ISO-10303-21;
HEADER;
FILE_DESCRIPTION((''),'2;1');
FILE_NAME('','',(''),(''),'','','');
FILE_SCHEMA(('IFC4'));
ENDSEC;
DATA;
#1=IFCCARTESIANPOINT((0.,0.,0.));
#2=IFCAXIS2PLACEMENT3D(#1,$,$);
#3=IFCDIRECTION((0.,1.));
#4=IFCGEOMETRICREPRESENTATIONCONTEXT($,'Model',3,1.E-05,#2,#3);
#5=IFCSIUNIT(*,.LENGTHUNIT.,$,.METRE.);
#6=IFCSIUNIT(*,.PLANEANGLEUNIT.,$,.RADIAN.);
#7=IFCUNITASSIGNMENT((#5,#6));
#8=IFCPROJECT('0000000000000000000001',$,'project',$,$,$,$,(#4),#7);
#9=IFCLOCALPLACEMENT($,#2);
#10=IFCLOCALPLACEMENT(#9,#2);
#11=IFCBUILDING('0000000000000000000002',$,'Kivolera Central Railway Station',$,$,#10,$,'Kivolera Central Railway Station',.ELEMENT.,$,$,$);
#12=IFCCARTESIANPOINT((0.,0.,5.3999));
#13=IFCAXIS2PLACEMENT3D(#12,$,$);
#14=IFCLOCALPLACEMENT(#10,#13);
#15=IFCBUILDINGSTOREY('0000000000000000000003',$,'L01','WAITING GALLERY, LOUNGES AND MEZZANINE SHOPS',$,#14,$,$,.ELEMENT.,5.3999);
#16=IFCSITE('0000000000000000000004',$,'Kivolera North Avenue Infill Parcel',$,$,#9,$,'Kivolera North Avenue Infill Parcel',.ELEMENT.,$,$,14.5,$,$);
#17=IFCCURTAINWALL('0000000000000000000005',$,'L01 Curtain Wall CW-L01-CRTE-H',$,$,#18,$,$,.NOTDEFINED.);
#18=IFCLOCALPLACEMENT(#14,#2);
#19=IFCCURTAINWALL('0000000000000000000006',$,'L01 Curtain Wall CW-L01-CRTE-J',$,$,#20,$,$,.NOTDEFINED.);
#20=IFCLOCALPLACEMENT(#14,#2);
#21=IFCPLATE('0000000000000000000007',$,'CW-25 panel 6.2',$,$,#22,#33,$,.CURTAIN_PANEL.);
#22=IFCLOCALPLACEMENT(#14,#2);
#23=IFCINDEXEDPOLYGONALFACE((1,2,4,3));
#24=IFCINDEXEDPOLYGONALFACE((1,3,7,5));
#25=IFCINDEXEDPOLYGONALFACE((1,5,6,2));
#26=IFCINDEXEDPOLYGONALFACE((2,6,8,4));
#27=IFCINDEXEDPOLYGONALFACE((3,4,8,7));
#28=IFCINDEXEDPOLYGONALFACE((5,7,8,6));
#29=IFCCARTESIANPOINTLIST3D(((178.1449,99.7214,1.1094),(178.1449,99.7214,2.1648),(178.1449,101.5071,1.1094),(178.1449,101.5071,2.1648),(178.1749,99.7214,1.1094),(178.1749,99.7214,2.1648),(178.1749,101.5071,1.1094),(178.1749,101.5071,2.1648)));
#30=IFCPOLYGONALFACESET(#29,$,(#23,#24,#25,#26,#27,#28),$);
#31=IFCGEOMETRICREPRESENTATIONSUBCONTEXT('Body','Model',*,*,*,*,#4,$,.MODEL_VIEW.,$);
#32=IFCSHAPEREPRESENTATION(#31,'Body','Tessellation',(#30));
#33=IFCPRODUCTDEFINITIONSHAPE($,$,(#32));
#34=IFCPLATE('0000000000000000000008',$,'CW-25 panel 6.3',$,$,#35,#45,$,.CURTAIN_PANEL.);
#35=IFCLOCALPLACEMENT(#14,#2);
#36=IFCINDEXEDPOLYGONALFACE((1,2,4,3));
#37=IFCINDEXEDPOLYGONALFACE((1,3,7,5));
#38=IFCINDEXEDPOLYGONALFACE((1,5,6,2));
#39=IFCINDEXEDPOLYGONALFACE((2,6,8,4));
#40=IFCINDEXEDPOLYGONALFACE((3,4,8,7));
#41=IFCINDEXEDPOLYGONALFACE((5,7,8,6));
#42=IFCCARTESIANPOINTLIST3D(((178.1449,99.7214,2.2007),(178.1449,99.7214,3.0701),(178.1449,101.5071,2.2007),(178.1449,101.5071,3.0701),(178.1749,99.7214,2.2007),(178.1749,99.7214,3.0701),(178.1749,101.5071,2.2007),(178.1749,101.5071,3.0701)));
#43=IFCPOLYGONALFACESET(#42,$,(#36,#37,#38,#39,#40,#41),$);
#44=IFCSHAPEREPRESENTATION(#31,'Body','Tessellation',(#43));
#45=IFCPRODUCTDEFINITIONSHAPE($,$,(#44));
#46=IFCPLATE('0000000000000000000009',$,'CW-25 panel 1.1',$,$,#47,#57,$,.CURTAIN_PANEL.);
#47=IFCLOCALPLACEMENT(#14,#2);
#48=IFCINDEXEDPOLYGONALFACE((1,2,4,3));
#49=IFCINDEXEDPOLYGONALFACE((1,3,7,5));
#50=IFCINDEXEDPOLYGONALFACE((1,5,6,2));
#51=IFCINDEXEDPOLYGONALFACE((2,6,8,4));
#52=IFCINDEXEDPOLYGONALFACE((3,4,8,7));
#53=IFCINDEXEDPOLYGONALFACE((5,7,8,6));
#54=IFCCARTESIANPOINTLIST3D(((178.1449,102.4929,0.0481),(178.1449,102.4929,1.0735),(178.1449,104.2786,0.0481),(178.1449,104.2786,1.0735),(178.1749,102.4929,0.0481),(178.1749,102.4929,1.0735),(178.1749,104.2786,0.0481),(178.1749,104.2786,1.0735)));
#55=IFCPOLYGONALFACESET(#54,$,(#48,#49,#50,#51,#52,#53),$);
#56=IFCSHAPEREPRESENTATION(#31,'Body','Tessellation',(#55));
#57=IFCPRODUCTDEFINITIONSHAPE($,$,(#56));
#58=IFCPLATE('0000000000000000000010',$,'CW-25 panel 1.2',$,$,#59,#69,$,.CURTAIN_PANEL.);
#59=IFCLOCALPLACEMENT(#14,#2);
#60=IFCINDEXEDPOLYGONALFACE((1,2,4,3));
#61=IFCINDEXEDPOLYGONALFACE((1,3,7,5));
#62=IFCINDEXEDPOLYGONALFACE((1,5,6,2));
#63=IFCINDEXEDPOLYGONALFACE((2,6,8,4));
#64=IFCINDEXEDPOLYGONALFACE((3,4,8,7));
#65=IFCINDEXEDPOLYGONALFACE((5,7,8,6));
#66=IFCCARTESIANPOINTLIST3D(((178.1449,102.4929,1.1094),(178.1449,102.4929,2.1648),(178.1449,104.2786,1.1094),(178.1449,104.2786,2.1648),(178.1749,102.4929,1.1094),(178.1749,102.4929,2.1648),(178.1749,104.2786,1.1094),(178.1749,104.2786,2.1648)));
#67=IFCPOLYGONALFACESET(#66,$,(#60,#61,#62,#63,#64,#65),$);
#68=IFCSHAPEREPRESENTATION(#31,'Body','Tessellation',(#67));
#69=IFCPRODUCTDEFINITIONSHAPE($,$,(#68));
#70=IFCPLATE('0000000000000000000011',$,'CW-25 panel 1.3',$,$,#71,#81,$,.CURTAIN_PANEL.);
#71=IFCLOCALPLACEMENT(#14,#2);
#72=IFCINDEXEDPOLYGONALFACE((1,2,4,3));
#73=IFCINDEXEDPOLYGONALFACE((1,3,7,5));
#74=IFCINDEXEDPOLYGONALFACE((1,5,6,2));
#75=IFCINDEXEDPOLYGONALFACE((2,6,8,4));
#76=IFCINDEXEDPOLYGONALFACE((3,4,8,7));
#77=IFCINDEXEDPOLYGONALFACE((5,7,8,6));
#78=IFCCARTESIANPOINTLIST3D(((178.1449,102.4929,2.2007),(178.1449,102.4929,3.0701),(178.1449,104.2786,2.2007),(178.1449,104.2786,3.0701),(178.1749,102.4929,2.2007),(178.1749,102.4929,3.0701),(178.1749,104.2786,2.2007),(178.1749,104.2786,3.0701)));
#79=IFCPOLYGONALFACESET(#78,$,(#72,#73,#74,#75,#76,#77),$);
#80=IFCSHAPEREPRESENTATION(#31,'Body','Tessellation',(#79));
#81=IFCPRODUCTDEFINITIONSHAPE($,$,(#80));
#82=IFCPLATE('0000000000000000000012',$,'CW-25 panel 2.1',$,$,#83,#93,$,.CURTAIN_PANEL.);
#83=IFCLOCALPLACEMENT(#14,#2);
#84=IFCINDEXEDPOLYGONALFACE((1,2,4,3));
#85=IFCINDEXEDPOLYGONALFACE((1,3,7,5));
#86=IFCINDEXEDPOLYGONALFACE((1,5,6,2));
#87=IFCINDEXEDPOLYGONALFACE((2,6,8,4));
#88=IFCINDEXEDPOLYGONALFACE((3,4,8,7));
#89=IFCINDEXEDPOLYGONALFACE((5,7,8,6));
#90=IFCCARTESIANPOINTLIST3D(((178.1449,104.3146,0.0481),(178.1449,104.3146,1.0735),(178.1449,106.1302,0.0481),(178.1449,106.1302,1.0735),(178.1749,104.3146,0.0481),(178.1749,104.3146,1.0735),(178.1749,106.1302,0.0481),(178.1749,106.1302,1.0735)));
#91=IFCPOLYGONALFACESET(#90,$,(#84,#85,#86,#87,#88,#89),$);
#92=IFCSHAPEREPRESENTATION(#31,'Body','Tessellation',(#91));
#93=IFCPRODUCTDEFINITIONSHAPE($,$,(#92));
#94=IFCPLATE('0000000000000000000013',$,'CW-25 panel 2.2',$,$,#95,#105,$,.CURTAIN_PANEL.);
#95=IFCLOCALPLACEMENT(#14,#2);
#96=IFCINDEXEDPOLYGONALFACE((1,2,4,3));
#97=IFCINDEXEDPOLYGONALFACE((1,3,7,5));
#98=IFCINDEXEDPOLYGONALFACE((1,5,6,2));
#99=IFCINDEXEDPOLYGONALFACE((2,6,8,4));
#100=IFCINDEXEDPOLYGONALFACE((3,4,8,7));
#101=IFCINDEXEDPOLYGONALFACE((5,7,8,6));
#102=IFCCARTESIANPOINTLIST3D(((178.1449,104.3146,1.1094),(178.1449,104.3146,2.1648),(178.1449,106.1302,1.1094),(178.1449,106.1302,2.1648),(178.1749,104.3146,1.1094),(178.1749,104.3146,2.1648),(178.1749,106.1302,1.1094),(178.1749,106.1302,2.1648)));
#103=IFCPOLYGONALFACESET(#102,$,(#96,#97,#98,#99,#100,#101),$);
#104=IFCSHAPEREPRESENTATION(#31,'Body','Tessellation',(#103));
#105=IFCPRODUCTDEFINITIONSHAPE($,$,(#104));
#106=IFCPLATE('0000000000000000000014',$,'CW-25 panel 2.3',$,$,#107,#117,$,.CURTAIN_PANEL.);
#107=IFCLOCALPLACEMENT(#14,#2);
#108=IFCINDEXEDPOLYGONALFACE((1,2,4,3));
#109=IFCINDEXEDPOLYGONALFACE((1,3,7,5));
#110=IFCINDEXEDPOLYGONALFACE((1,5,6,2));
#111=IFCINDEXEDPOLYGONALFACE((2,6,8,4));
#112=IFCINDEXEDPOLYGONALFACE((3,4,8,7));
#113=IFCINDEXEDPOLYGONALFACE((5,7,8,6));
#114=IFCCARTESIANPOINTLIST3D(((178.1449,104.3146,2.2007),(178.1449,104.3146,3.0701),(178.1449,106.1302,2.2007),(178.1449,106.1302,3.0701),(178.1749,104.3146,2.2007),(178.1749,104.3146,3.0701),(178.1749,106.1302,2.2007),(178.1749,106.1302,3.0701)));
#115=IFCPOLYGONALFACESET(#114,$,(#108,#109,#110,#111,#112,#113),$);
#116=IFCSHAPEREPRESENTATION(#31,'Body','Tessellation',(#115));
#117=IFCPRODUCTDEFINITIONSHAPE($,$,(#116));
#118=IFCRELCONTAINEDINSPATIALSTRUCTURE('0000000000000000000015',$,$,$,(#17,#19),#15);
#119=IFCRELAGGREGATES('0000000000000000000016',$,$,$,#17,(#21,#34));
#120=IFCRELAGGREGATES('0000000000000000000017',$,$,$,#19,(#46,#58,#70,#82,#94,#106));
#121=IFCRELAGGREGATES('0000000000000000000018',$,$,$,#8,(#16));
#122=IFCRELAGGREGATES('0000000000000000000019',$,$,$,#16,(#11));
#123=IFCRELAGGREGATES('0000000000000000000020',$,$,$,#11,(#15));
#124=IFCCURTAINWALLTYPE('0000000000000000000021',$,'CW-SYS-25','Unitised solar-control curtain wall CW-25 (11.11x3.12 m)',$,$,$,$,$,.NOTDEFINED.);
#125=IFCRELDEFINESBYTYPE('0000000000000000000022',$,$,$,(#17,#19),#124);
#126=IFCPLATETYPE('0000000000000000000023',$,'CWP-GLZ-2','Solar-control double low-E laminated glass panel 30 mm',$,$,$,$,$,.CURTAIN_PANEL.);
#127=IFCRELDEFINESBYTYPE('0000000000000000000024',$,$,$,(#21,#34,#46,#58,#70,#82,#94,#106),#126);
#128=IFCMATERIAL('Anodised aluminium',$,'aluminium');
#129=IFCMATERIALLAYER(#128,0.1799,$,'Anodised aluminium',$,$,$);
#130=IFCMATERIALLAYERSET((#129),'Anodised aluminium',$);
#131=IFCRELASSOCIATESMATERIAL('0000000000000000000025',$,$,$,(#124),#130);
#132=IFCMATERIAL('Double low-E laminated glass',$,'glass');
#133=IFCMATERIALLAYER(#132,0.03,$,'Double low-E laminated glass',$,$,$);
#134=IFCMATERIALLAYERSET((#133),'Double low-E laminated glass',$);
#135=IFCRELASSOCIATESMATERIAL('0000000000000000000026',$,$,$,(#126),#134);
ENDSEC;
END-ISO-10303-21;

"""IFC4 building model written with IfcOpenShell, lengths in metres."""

from ifc_helpers import new_model, si_unit, direction, frame, origin, origin_2d, place, context, subcontext, project, spatial, rectangle, extrude, material, layer, layer_set, type_object, element, aggregate, save


model = new_model("IFC4")

# Units and contexts
model_context = context("Model", 3, precision=1e-05, world=origin(), true_north=direction((0.0, 1.0)))
body_context = subcontext(model_context, "Body", "Model", "MODEL_VIEW")
ifc_project = project(units=[si_unit("LENGTHUNIT", "METRE"), si_unit("PLANEANGLEUNIT", "RADIAN")], contexts=[model_context])

# Site, building, storey
site_placement = place(None, origin())
site = spatial("IfcSite", under=ifc_project, at=site_placement, Name="Kivolera North Avenue Infill Parcel", LongName="Kivolera North Avenue Infill Parcel", CompositionType="ELEMENT", RefElevation=14.5)
building_placement = place(site_placement, origin())
building = spatial("IfcBuilding", under=site, at=building_placement, Name="Kivolera Central Railway Station", LongName="Kivolera Central Railway Station", CompositionType="ELEMENT")
storey_placement = place(building_placement, frame((0.0, 0.0, 5.3999)))
storey = spatial("IfcBuildingStorey", under=building, at=storey_placement, Name="L01", Description="WAITING GALLERY, LOUNGES AND MEZZANINE SHOPS", CompositionType="ELEMENT", Elevation=5.3999)

# Curtain wall
ifc_material_1 = material(Name="Anodised aluminium", Category="aluminium")
ifc_layer_1 = layer(ifc_material_1, 0.1799, Name="Anodised aluminium")
ifc_layer_set_1 = layer_set([ifc_layer_1], Name="Anodised aluminium")
curtain_wall_type = type_object("IfcCurtainWallType", Name="CW-SYS-25", Description="Unitised solar-control curtain wall CW-25 (11.11x3.12 m)", PredefinedType="NOTDEFINED", material=ifc_layer_set_1)
curtain_wall_1_placement = place(storey_placement, origin())
curtain_wall_1 = element("IfcCurtainWall", 1, at=curtain_wall_1_placement, inside=storey, type_object=curtain_wall_type, Name="L01 Curtain Wall CW-L01-CRTE-H", PredefinedType="NOTDEFINED")

# Curtain wall
curtain_wall_2_placement = place(storey_placement, origin())
curtain_wall_2 = element("IfcCurtainWall", 2, at=curtain_wall_2_placement, inside=storey, type_object=curtain_wall_type, Name="L01 Curtain Wall CW-L01-CRTE-J", PredefinedType="NOTDEFINED")

# Plates
ifc_material_2 = material(Name="Double low-E laminated glass", Category="glass")
ifc_layer_2 = layer(ifc_material_2, 0.03, Name="Double low-E laminated glass")
ifc_layer_set_2 = layer_set([ifc_layer_2], Name="Double low-E laminated glass")
plate_type = type_object("IfcPlateType", Name="CWP-GLZ-2", Description="Solar-control double low-E laminated glass panel 30 mm", PredefinedType="CURTAIN_PANEL", material=ifc_layer_set_2)
plate_1_placement = place(storey_placement, frame((178.1599, 100.6143, 1.1094), z_axis=(0.0, 0.0, 1.0), x_axis=(0.0, 1.0, 0.0)))
plate_1 = element("IfcPlate", 3, at=plate_1_placement, type_object=plate_type, Name="CW-25 panel 6.2", PredefinedType="CURTAIN_PANEL", context=body_context, shape_type="SweptSolid", body=[
    extrude(rectangle(XDim=1.7856, YDim=0.03, at=origin_2d()), origin(), (0.0, 0.0, 1.0), 1.0554),
])
plate_2_placement = place(storey_placement, frame((178.1599, 100.6143, 2.2007), z_axis=(0.0, 0.0, 1.0), x_axis=(0.0, 1.0, 0.0)))
plate_2 = element("IfcPlate", 4, at=plate_2_placement, type_object=plate_type, Name="CW-25 panel 6.3", PredefinedType="CURTAIN_PANEL", context=body_context, shape_type="SweptSolid", body=[
    extrude(rectangle(XDim=1.7856, YDim=0.03, at=origin_2d()), origin(), (0.0, 0.0, 1.0), 0.8694),
])
aggregate(curtain_wall_1, [plate_1, plate_2])
plate_3_placement = place(storey_placement, frame((178.1599, 103.3857, 0.0481), z_axis=(0.0, 0.0, 1.0), x_axis=(0.0, 1.0, 0.0)))
plate_3 = element("IfcPlate", 5, at=plate_3_placement, type_object=plate_type, Name="CW-25 panel 1.1", PredefinedType="CURTAIN_PANEL", context=body_context, shape_type="SweptSolid", body=[
    extrude(rectangle(XDim=1.7856, YDim=0.03, at=origin_2d()), origin(), (0.0, 0.0, 1.0), 1.0254),
])
plate_4_placement = place(storey_placement, frame((178.1599, 103.3857, 1.1094), z_axis=(0.0, 0.0, 1.0), x_axis=(0.0, 1.0, 0.0)))
plate_4 = element("IfcPlate", 6, at=plate_4_placement, type_object=plate_type, Name="CW-25 panel 1.2", PredefinedType="CURTAIN_PANEL", context=body_context, shape_type="SweptSolid", body=[
    extrude(rectangle(XDim=1.7856, YDim=0.03, at=origin_2d()), origin(), (0.0, 0.0, 1.0), 1.0554),
])
plate_5_placement = place(storey_placement, frame((178.1599, 103.3857, 2.2007), z_axis=(0.0, 0.0, 1.0), x_axis=(0.0, 1.0, 0.0)))
plate_5 = element("IfcPlate", 7, at=plate_5_placement, type_object=plate_type, Name="CW-25 panel 1.3", PredefinedType="CURTAIN_PANEL", context=body_context, shape_type="SweptSolid", body=[
    extrude(rectangle(XDim=1.7856, YDim=0.03, at=origin_2d()), origin(), (0.0, 0.0, 1.0), 0.8694),
])
plate_6_placement = place(storey_placement, frame((178.1599, 105.2224, 0.0481), z_axis=(0.0, 0.0, 1.0), x_axis=(0.0, 1.0, 0.0)))
plate_6 = element("IfcPlate", 8, at=plate_6_placement, type_object=plate_type, Name="CW-25 panel 2.1", PredefinedType="CURTAIN_PANEL", context=body_context, shape_type="SweptSolid", body=[
    extrude(rectangle(XDim=1.8157, YDim=0.03, at=origin_2d()), origin(), (0.0, 0.0, 1.0), 1.0254),
])
plate_7_placement = place(storey_placement, frame((178.1599, 105.2224, 1.1094), z_axis=(0.0, 0.0, 1.0), x_axis=(0.0, 1.0, 0.0)))
plate_7 = element("IfcPlate", 9, at=plate_7_placement, type_object=plate_type, Name="CW-25 panel 2.2", PredefinedType="CURTAIN_PANEL", context=body_context, shape_type="SweptSolid", body=[
    extrude(rectangle(XDim=1.8157, YDim=0.03, at=origin_2d()), origin(), (0.0, 0.0, 1.0), 1.0554),
])
plate_8_placement = place(storey_placement, frame((178.1599, 105.2224, 2.2007), z_axis=(0.0, 0.0, 1.0), x_axis=(0.0, 1.0, 0.0)))
plate_8 = element("IfcPlate", 10, at=plate_8_placement, type_object=plate_type, Name="CW-25 panel 2.3", PredefinedType="CURTAIN_PANEL", context=body_context, shape_type="SweptSolid", body=[
    extrude(rectangle(XDim=1.8157, YDim=0.03, at=origin_2d()), origin(), (0.0, 0.0, 1.0), 0.8694),
])
aggregate(curtain_wall_2, [plate_3, plate_4, plate_5, plate_6, plate_7, plate_8])

save(model, "model.ifc")
